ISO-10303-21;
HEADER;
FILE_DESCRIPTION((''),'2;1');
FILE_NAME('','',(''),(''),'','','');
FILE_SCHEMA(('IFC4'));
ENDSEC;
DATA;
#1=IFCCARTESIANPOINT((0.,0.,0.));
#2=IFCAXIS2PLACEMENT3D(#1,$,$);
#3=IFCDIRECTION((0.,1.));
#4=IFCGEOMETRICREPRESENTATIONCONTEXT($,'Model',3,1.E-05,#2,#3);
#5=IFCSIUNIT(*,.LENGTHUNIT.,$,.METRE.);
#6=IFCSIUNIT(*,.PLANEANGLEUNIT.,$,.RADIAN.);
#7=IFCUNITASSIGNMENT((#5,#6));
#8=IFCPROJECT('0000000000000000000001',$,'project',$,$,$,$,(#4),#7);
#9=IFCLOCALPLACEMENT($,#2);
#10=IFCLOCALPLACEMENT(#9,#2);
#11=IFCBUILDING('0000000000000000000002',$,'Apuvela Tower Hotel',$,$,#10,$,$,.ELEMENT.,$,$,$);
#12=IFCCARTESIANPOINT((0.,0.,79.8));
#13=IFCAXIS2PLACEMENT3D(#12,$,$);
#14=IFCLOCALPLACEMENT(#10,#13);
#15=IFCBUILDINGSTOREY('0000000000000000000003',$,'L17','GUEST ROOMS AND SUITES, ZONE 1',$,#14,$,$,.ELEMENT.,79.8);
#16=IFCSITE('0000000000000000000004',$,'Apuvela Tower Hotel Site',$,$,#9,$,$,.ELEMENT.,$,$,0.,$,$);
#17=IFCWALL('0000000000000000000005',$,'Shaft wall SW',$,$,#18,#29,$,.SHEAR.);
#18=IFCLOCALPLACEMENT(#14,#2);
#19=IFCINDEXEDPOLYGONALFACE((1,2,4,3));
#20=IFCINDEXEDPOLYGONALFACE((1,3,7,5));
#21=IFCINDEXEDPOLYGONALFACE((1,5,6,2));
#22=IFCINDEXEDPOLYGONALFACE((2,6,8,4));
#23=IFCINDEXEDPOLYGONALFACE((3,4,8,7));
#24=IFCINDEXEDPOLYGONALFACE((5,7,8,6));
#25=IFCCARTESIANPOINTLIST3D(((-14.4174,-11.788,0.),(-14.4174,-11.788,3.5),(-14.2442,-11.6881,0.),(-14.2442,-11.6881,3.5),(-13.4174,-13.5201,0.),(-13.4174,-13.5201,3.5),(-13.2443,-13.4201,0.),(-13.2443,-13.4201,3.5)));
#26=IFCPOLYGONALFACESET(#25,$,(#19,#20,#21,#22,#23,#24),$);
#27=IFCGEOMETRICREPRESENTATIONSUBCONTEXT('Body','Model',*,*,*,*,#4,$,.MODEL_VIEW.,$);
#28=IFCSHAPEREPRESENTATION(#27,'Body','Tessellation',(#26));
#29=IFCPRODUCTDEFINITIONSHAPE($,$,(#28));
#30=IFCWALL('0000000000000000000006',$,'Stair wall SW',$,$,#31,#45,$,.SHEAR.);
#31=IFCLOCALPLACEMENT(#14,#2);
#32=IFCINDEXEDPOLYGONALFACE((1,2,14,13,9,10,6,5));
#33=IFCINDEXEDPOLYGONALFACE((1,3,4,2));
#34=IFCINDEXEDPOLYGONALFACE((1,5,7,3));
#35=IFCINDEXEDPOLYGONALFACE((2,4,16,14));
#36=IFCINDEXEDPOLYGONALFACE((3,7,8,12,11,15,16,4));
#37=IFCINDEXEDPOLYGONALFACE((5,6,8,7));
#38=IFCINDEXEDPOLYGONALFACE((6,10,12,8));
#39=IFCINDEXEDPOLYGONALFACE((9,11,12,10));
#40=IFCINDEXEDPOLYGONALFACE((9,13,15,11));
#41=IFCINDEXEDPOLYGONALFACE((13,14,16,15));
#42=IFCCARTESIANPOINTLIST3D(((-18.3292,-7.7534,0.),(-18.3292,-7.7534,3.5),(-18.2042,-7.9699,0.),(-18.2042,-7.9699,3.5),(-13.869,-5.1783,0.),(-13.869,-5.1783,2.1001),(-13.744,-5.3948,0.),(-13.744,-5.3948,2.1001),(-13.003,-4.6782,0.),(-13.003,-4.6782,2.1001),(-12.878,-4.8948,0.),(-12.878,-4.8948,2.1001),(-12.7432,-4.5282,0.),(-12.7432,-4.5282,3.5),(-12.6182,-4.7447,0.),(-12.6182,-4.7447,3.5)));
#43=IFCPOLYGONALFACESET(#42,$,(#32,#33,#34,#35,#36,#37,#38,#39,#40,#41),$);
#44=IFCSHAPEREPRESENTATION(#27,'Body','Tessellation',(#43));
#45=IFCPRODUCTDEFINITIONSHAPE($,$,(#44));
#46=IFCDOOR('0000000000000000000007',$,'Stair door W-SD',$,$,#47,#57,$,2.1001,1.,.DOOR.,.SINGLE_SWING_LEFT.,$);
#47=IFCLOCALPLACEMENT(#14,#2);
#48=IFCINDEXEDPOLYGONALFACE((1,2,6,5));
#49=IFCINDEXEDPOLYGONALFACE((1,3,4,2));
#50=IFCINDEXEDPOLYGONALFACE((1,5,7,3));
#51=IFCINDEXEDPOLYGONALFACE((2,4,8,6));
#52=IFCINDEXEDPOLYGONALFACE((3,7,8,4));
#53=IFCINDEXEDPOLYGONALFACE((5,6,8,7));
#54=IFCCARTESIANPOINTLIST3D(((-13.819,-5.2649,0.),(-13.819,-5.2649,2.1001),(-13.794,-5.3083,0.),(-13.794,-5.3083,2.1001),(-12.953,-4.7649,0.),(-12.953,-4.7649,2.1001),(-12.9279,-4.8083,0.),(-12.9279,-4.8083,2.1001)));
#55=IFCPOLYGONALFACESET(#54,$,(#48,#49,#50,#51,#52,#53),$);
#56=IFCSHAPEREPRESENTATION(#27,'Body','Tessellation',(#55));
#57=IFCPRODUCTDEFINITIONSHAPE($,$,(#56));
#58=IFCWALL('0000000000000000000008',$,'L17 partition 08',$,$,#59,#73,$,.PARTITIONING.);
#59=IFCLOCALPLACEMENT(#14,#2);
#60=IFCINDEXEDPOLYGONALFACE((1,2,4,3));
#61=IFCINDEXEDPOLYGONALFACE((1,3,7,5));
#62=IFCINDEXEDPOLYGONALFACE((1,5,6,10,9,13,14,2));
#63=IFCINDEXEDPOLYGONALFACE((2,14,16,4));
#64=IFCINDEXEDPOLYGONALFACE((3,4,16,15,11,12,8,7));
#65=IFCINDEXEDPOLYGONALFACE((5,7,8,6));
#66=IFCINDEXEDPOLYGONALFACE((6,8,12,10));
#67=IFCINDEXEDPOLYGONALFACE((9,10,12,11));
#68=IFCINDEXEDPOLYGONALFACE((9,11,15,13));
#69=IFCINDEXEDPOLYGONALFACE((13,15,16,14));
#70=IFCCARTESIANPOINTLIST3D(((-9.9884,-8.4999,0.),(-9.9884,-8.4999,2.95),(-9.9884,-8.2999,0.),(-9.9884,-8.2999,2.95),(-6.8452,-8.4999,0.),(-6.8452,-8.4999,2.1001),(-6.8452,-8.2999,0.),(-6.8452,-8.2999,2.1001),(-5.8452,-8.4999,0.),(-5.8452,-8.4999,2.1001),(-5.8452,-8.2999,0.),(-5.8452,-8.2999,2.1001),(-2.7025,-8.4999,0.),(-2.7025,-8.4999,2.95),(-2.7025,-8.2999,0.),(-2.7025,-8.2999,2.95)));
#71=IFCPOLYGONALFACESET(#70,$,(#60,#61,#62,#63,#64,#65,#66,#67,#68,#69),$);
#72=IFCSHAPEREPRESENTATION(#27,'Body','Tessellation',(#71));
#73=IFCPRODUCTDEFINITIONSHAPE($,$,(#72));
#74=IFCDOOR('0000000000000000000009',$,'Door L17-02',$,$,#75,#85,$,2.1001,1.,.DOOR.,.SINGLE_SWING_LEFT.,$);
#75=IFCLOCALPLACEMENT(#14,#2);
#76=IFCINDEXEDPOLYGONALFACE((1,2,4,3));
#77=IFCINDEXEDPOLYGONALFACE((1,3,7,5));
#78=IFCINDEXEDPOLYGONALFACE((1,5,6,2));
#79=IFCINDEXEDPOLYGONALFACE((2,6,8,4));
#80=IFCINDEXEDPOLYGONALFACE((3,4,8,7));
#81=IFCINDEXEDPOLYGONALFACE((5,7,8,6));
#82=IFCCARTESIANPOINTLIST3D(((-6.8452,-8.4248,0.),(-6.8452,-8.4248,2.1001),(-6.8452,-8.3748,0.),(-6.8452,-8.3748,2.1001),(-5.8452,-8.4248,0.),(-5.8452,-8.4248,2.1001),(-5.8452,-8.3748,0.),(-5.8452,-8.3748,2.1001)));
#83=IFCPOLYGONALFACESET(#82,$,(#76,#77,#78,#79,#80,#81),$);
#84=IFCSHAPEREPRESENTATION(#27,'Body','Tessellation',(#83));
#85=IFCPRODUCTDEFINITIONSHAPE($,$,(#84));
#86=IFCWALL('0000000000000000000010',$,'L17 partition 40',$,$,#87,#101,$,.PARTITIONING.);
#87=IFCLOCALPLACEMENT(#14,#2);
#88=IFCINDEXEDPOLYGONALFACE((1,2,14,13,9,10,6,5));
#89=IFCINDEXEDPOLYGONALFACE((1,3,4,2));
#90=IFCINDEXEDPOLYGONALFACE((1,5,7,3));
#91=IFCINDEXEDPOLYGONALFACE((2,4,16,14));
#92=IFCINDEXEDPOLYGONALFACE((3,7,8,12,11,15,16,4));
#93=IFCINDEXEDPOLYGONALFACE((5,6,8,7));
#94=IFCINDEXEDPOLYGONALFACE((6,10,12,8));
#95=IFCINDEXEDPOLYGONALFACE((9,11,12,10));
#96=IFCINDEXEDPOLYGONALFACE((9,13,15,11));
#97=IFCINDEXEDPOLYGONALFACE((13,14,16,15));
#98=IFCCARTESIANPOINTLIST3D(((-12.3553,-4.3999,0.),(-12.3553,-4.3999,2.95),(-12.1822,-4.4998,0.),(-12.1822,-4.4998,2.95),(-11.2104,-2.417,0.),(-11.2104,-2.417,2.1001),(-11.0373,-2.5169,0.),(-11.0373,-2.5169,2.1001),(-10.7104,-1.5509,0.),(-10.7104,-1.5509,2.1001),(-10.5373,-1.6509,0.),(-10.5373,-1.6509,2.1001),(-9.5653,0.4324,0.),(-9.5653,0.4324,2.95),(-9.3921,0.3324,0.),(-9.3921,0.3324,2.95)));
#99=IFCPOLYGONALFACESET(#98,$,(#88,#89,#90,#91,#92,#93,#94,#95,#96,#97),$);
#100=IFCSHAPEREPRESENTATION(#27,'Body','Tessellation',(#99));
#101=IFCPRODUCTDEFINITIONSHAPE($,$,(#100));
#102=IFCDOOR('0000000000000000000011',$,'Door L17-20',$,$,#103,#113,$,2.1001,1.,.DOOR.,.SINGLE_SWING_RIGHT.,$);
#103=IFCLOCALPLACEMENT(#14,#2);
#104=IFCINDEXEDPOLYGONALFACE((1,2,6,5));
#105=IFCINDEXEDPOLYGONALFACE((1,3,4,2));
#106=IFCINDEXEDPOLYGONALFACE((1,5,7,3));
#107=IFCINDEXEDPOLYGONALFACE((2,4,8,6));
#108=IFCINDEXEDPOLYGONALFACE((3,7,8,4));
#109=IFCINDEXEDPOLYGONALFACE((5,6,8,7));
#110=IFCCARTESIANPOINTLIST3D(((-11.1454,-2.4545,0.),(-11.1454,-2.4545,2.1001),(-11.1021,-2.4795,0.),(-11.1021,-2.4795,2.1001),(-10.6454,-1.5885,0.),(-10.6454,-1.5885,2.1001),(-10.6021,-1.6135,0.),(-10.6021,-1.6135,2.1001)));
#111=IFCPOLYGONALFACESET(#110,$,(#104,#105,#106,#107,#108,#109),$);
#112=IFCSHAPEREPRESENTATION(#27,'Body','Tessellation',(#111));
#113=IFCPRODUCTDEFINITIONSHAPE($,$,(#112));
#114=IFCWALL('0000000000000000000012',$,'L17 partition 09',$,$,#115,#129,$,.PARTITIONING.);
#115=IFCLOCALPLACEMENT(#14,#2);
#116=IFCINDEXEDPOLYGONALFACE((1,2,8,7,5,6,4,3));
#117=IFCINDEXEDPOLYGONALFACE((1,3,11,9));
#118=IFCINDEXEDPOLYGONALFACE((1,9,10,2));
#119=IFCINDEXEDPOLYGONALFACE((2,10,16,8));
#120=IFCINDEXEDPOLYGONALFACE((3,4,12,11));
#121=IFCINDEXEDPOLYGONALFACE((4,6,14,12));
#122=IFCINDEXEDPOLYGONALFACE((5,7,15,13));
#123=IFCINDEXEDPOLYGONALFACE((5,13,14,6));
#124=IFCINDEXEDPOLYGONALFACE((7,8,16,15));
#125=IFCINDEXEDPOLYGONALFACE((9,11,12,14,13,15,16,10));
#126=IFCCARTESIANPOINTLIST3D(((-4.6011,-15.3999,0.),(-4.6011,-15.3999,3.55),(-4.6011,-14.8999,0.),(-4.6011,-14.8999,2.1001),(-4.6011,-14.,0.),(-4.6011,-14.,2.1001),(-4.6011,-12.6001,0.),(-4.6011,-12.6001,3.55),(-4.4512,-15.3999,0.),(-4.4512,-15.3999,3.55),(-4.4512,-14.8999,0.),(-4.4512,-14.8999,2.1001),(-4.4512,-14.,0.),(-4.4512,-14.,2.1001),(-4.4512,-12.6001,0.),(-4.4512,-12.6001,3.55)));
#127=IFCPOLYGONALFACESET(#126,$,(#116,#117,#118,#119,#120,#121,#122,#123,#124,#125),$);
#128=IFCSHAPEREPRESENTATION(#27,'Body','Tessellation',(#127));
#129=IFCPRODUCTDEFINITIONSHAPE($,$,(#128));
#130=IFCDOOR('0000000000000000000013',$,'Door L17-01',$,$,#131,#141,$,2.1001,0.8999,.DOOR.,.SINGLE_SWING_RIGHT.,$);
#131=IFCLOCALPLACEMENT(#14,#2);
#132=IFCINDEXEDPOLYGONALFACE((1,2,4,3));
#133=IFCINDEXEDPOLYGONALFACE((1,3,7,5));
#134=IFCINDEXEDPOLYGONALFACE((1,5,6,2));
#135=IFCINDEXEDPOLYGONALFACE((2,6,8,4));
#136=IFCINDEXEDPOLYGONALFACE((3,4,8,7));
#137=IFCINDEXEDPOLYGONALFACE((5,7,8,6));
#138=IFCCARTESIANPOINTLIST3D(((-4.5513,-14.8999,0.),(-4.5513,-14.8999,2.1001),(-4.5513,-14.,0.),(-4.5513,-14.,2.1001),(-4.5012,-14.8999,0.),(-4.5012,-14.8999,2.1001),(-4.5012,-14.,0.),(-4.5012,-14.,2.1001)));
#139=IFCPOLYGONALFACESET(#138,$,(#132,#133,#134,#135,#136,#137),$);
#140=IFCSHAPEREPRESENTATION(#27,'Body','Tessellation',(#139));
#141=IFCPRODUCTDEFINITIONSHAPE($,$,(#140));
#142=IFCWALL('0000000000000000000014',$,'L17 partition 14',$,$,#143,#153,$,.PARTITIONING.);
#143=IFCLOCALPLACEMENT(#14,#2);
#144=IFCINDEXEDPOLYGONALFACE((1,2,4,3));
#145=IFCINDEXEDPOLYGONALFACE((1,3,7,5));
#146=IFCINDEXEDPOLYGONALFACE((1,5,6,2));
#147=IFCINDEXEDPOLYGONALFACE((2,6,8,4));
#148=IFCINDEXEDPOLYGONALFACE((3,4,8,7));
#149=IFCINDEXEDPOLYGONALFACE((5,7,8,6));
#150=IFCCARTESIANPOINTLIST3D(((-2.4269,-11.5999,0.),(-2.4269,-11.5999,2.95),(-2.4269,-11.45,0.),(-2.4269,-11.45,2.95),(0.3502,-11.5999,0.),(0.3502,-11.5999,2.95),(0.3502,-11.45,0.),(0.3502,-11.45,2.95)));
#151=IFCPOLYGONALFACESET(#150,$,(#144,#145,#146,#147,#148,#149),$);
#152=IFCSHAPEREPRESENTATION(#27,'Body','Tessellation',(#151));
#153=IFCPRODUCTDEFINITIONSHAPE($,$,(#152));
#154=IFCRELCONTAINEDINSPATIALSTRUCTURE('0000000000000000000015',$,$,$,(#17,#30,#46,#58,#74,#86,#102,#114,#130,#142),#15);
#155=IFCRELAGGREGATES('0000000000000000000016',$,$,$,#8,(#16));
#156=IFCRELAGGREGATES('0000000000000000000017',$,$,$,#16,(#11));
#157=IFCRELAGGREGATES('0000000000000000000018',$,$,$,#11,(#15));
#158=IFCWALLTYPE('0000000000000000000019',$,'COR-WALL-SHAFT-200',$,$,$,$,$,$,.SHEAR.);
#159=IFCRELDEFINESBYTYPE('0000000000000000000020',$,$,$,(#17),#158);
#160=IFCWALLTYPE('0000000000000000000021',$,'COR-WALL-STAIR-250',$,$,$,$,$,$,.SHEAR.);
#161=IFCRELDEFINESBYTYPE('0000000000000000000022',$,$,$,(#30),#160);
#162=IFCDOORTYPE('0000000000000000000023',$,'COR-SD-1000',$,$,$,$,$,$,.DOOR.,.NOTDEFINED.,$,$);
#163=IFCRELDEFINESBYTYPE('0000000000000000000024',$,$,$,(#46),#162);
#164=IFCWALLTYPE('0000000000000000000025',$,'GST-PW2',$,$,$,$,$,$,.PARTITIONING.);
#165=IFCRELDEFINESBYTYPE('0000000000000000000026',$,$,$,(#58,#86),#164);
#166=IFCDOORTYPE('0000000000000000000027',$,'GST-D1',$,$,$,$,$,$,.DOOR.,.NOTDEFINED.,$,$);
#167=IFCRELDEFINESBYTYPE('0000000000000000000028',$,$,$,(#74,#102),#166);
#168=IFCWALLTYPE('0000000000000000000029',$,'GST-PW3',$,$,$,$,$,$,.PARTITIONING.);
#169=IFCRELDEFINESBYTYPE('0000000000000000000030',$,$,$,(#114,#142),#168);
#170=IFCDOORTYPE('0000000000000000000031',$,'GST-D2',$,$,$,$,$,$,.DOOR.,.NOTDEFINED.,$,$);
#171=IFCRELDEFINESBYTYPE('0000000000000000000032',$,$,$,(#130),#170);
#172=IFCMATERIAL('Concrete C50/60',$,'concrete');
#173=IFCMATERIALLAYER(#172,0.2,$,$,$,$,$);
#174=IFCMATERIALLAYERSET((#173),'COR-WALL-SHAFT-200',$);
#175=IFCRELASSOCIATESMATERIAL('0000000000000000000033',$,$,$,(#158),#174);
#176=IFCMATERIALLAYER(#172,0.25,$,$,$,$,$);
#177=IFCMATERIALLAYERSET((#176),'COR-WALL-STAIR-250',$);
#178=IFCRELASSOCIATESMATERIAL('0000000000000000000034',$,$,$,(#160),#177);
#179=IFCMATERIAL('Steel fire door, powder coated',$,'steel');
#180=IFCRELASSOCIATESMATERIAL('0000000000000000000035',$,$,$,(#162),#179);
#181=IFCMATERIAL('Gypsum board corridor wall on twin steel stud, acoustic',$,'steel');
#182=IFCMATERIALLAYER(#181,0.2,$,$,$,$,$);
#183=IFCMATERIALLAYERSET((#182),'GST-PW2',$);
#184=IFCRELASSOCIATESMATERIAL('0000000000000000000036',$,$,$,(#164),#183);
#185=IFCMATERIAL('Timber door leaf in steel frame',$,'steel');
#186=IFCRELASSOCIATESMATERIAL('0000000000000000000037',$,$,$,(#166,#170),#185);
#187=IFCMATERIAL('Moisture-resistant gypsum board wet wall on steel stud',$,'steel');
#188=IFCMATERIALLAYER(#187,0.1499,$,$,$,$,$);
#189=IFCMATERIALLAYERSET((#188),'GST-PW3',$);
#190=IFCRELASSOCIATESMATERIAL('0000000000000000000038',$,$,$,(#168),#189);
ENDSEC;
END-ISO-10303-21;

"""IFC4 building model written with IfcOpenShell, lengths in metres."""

from ifc_helpers import new_model, si_unit, direction, frame, frame_2d, origin, place, context, subcontext, project, spatial, rectangle, extrude, material, layer, layer_set, type_object, element, fill, save


model = new_model("IFC4")

# Units and contexts
model_context = context("Model", 3, precision=1e-05, world=origin(), true_north=direction((0.0, 1.0)))
body_context = subcontext(model_context, "Body", "Model", "MODEL_VIEW")
ifc_project = project(units=[si_unit("LENGTHUNIT", "METRE"), si_unit("PLANEANGLEUNIT", "RADIAN")], contexts=[model_context])

# Site, building, storey
site_placement = place(None, origin())
site = spatial("IfcSite", under=ifc_project, at=site_placement, Name="Apuvela Tower Hotel Site", CompositionType="ELEMENT", RefElevation=0.0)
building_placement = place(site_placement, origin())
building = spatial("IfcBuilding", under=site, at=building_placement, Name="Apuvela Tower Hotel", CompositionType="ELEMENT")
storey_placement = place(building_placement, frame((0.0, 0.0, 79.8)))
storey = spatial("IfcBuildingStorey", under=building, at=storey_placement, Name="L17", Description="GUEST ROOMS AND SUITES, ZONE 1", CompositionType="ELEMENT", Elevation=79.8)

# Shared definitions
ifc_material_1 = material(Name="Concrete C50/60", Category="concrete")

# Shared definitions
ifc_layer_1 = layer(ifc_material_1, 0.2)
ifc_layer_set_1 = layer_set([ifc_layer_1], Name="COR-WALL-SHAFT-200")
wall_type_1 = type_object("IfcWallType", Name="COR-WALL-SHAFT-200", PredefinedType="SHEAR", material=ifc_layer_set_1)

# Shared definitions
ifc_material_2 = material(Name="Steel fire door, powder coated", Category="steel")

# Wall
wall_1_placement = place(storey_placement, frame((-14.3308, -11.738, 0.0), z_axis=(0.0, 0.0, 1.0), x_axis=(0.499973, -0.866041, 0.0)))
element("IfcWall", 1, at=wall_1_placement, inside=storey, type_object=wall_type_1, Name="Shaft wall SW", PredefinedType="SHEAR", context=body_context, shape_type="SweptSolid", body=[
    extrude(rectangle(XDim=2.0, YDim=0.2, at=frame_2d((1.0, 0.0))), origin(), (0.0, 0.0, 1.0), 3.5),
])

# Walls, openings, doors
ifc_layer_2 = layer(ifc_material_1, 0.25)
ifc_layer_set_2 = layer_set([ifc_layer_2], Name="COR-WALL-STAIR-250")
wall_type_2 = type_object("IfcWallType", Name="COR-WALL-STAIR-250", PredefinedType="SHEAR", material=ifc_layer_set_2)
wall_2_placement = place(storey_placement, frame((-12.6807, -4.6365, 0.0), z_axis=(0.0, 0.0, 1.0), x_axis=(-0.866022, -0.500006, 0.0)))
wall_2 = element("IfcWall", 2, at=wall_2_placement, inside=storey, type_object=wall_type_2, Name="Stair wall SW", PredefinedType="SHEAR", context=body_context, shape_type="SweptSolid", body=[
    extrude(rectangle(XDim=6.4502, YDim=0.25, at=frame_2d((3.2251, 0.0))), origin(), (0.0, 0.0, 1.0), 3.5),
])
opening_1_placement = place(wall_2_placement, frame((0.3, 0.0, 0.0)))
opening_1 = element("IfcOpeningElement", 3, at=opening_1_placement, cuts=wall_2, PredefinedType="OPENING", context=body_context, shape_type="SweptSolid", body=[
    extrude(rectangle(XDim=1.0, YDim=2.1001, at=frame_2d((0.5, 1.05))), frame((0.0, 0.135, 0.0), z_axis=(0.0, -1.0, 0.0), x_axis=(1.0, 0.0, 0.0)), (0.0, 0.0, 1.0), 0.27),
])
door_type_1 = type_object("IfcDoorType", Name="COR-SD-1000", OperationType="NOTDEFINED", PredefinedType="DOOR", material=ifc_material_2)
door_1_placement = place(opening_1_placement, frame((1.0, 0.0, 0.0), z_axis=(0.0, 0.0, 1.0), x_axis=(-1.0, 0.0, 0.0)))
door_1 = element("IfcDoor", 4, at=door_1_placement, inside=storey, type_object=door_type_1, Name="Stair door W-SD", OperationType="SINGLE_SWING_LEFT", OverallHeight=2.1001, OverallWidth=1.0, PredefinedType="DOOR", context=body_context, shape_type="SweptSolid", body=[
    extrude(rectangle(XDim=1.0, YDim=2.1001, at=frame_2d((0.5, 1.05))), frame((0.0, 0.0249, 0.0), z_axis=(0.0, -1.0, 0.0), x_axis=(1.0, 0.0, 0.0)), (0.0, 0.0, 1.0), 0.05),
])
fill(opening_1, door_1)
ifc_material_3 = material(Name="Gypsum board corridor wall on twin steel stud, acoustic", Category="steel")
ifc_layer_3 = layer(ifc_material_3, 0.2)
ifc_layer_set_3 = layer_set([ifc_layer_3], Name="GST-PW2")
wall_type_3 = type_object("IfcWallType", Name="GST-PW2", PredefinedType="PARTITIONING", material=ifc_layer_set_3)
wall_3_placement = place(storey_placement, frame((-2.7024, -8.3999, 0.0), z_axis=(0.0, 0.0, 1.0), x_axis=(-1.0, 0.0, 0.0)))
wall_3 = element("IfcWall", 5, at=wall_3_placement, inside=storey, type_object=wall_type_3, Name="L17 partition 08", PredefinedType="PARTITIONING", context=body_context, shape_type="SweptSolid", body=[
    extrude(rectangle(XDim=7.2859, YDim=0.2, at=frame_2d((3.6431, 0.0))), origin(), (0.0, 0.0, 1.0), 2.95),
])
opening_2_placement = place(wall_3_placement, frame((3.1428, 0.0, 0.0)))
opening_2 = element("IfcOpeningElement", 6, at=opening_2_placement, cuts=wall_3, PredefinedType="OPENING", context=body_context, shape_type="SweptSolid", body=[
    extrude(rectangle(XDim=1.0, YDim=2.1001, at=frame_2d((0.5, 1.05))), frame((0.0, 0.1099, 0.0), z_axis=(0.0, -1.0, 0.0), x_axis=(1.0, 0.0, 0.0)), (0.0, 0.0, 1.0), 0.22),
])
ifc_material_4 = material(Name="Timber door leaf in steel frame", Category="steel")
door_type_2 = type_object("IfcDoorType", Name="GST-D1", OperationType="NOTDEFINED", PredefinedType="DOOR", material=ifc_material_4)
door_2_placement = place(opening_2_placement, origin())
door_2 = element("IfcDoor", 7, at=door_2_placement, inside=storey, type_object=door_type_2, Name="Door L17-02", OperationType="SINGLE_SWING_LEFT", OverallHeight=2.1001, OverallWidth=1.0, PredefinedType="DOOR", context=body_context, shape_type="SweptSolid", body=[
    extrude(rectangle(XDim=1.0, YDim=2.1001, at=frame_2d((0.5, 1.05))), frame((0.0, 0.0249, 0.0), z_axis=(0.0, -1.0, 0.0), x_axis=(1.0, 0.0, 0.0)), (0.0, 0.0, 1.0), 0.05),
])
fill(opening_2, door_2)
wall_4_placement = place(storey_placement, frame((-12.2688, -4.45, 0.0), z_axis=(0.0, 0.0, 1.0), x_axis=(0.500017, 0.866016, 0.0)))
wall_4 = element("IfcWall", 8, at=wall_4_placement, inside=storey, type_object=wall_type_3, Name="L17 partition 40", PredefinedType="PARTITIONING", context=body_context, shape_type="SweptSolid", body=[
    extrude(rectangle(XDim=5.5798, YDim=0.2, at=frame_2d((2.79, 0.0))), origin(), (0.0, 0.0, 1.0), 2.95),
])
opening_3_placement = place(wall_4_placement, frame((2.2898, 0.0, 0.0)))
opening_3 = element("IfcOpeningElement", 9, at=opening_3_placement, cuts=wall_4, PredefinedType="OPENING", context=body_context, shape_type="SweptSolid", body=[
    extrude(rectangle(XDim=1.0, YDim=2.1001, at=frame_2d((0.5, 1.05))), frame((0.0, 0.1099, 0.0), z_axis=(0.0, -1.0, 0.0), x_axis=(1.0, 0.0, 0.0)), (0.0, 0.0, 1.0), 0.22),
])
door_3_placement = place(opening_3_placement, origin())
door_3 = element("IfcDoor", 10, at=door_3_placement, inside=storey, type_object=door_type_2, Name="Door L17-20", OperationType="SINGLE_SWING_RIGHT", OverallHeight=2.1001, OverallWidth=1.0, PredefinedType="DOOR", context=body_context, shape_type="SweptSolid", body=[
    extrude(rectangle(XDim=1.0, YDim=2.1001, at=frame_2d((0.5, 1.05))), frame((0.0, 0.0249, 0.0), z_axis=(0.0, -1.0, 0.0), x_axis=(1.0, 0.0, 0.0)), (0.0, 0.0, 1.0), 0.05),
])
fill(opening_3, door_3)
ifc_material_5 = material(Name="Moisture-resistant gypsum board wet wall on steel stud", Category="steel")
ifc_layer_4 = layer(ifc_material_5, 0.1499)
ifc_layer_set_4 = layer_set([ifc_layer_4], Name="GST-PW3")
wall_type_4 = type_object("IfcWallType", Name="GST-PW3", PredefinedType="PARTITIONING", material=ifc_layer_set_4)
wall_5_placement = place(storey_placement, frame((-4.5261, -12.6001, 0.0), z_axis=(0.0, 0.0, 1.0), x_axis=(0.0, -1.0, 0.0)))
wall_5 = element("IfcWall", 11, at=wall_5_placement, inside=storey, type_object=wall_type_4, Name="L17 partition 09", PredefinedType="PARTITIONING", context=body_context, shape_type="SweptSolid", body=[
    extrude(rectangle(XDim=2.7998, YDim=0.1499, at=frame_2d((1.3999, 0.0))), origin(), (0.0, 0.0, 1.0), 3.55),
])
opening_4_placement = place(wall_5_placement, frame((1.3999, 0.0, 0.0)))
opening_4 = element("IfcOpeningElement", 12, at=opening_4_placement, cuts=wall_5, PredefinedType="OPENING", context=body_context, shape_type="SweptSolid", body=[
    extrude(rectangle(XDim=0.8999, YDim=2.1001, at=frame_2d((0.45, 1.05))), frame((0.0, 0.085, 0.0), z_axis=(0.0, -1.0, 0.0), x_axis=(1.0, 0.0, 0.0)), (0.0, 0.0, 1.0), 0.1699),
])
door_type_3 = type_object("IfcDoorType", Name="GST-D2", OperationType="NOTDEFINED", PredefinedType="DOOR", material=ifc_material_4)
door_4_placement = place(opening_4_placement, origin())
door_4 = element("IfcDoor", 13, at=door_4_placement, inside=storey, type_object=door_type_3, Name="Door L17-01", OperationType="SINGLE_SWING_RIGHT", OverallHeight=2.1001, OverallWidth=0.8999, PredefinedType="DOOR", context=body_context, shape_type="SweptSolid", body=[
    extrude(rectangle(XDim=0.8999, YDim=2.1001, at=frame_2d((0.45, 1.05))), frame((0.0, 0.0249, 0.0), z_axis=(0.0, -1.0, 0.0), x_axis=(1.0, 0.0, 0.0)), (0.0, 0.0, 1.0), 0.05),
])
fill(opening_4, door_4)

# Wall
wall_6_placement = place(storey_placement, frame((-2.427, -11.5249, 0.0), z_axis=(0.0, 0.0, 1.0), x_axis=(1.0, 0.0, 0.0)))
element("IfcWall", 14, at=wall_6_placement, inside=storey, type_object=wall_type_4, Name="L17 partition 14", PredefinedType="PARTITIONING", context=body_context, shape_type="SweptSolid", body=[
    extrude(rectangle(XDim=2.7771, YDim=0.1499, at=frame_2d((1.3887, 0.0))), origin(), (0.0, 0.0, 1.0), 2.95),
])

save(model, "model.ifc")
